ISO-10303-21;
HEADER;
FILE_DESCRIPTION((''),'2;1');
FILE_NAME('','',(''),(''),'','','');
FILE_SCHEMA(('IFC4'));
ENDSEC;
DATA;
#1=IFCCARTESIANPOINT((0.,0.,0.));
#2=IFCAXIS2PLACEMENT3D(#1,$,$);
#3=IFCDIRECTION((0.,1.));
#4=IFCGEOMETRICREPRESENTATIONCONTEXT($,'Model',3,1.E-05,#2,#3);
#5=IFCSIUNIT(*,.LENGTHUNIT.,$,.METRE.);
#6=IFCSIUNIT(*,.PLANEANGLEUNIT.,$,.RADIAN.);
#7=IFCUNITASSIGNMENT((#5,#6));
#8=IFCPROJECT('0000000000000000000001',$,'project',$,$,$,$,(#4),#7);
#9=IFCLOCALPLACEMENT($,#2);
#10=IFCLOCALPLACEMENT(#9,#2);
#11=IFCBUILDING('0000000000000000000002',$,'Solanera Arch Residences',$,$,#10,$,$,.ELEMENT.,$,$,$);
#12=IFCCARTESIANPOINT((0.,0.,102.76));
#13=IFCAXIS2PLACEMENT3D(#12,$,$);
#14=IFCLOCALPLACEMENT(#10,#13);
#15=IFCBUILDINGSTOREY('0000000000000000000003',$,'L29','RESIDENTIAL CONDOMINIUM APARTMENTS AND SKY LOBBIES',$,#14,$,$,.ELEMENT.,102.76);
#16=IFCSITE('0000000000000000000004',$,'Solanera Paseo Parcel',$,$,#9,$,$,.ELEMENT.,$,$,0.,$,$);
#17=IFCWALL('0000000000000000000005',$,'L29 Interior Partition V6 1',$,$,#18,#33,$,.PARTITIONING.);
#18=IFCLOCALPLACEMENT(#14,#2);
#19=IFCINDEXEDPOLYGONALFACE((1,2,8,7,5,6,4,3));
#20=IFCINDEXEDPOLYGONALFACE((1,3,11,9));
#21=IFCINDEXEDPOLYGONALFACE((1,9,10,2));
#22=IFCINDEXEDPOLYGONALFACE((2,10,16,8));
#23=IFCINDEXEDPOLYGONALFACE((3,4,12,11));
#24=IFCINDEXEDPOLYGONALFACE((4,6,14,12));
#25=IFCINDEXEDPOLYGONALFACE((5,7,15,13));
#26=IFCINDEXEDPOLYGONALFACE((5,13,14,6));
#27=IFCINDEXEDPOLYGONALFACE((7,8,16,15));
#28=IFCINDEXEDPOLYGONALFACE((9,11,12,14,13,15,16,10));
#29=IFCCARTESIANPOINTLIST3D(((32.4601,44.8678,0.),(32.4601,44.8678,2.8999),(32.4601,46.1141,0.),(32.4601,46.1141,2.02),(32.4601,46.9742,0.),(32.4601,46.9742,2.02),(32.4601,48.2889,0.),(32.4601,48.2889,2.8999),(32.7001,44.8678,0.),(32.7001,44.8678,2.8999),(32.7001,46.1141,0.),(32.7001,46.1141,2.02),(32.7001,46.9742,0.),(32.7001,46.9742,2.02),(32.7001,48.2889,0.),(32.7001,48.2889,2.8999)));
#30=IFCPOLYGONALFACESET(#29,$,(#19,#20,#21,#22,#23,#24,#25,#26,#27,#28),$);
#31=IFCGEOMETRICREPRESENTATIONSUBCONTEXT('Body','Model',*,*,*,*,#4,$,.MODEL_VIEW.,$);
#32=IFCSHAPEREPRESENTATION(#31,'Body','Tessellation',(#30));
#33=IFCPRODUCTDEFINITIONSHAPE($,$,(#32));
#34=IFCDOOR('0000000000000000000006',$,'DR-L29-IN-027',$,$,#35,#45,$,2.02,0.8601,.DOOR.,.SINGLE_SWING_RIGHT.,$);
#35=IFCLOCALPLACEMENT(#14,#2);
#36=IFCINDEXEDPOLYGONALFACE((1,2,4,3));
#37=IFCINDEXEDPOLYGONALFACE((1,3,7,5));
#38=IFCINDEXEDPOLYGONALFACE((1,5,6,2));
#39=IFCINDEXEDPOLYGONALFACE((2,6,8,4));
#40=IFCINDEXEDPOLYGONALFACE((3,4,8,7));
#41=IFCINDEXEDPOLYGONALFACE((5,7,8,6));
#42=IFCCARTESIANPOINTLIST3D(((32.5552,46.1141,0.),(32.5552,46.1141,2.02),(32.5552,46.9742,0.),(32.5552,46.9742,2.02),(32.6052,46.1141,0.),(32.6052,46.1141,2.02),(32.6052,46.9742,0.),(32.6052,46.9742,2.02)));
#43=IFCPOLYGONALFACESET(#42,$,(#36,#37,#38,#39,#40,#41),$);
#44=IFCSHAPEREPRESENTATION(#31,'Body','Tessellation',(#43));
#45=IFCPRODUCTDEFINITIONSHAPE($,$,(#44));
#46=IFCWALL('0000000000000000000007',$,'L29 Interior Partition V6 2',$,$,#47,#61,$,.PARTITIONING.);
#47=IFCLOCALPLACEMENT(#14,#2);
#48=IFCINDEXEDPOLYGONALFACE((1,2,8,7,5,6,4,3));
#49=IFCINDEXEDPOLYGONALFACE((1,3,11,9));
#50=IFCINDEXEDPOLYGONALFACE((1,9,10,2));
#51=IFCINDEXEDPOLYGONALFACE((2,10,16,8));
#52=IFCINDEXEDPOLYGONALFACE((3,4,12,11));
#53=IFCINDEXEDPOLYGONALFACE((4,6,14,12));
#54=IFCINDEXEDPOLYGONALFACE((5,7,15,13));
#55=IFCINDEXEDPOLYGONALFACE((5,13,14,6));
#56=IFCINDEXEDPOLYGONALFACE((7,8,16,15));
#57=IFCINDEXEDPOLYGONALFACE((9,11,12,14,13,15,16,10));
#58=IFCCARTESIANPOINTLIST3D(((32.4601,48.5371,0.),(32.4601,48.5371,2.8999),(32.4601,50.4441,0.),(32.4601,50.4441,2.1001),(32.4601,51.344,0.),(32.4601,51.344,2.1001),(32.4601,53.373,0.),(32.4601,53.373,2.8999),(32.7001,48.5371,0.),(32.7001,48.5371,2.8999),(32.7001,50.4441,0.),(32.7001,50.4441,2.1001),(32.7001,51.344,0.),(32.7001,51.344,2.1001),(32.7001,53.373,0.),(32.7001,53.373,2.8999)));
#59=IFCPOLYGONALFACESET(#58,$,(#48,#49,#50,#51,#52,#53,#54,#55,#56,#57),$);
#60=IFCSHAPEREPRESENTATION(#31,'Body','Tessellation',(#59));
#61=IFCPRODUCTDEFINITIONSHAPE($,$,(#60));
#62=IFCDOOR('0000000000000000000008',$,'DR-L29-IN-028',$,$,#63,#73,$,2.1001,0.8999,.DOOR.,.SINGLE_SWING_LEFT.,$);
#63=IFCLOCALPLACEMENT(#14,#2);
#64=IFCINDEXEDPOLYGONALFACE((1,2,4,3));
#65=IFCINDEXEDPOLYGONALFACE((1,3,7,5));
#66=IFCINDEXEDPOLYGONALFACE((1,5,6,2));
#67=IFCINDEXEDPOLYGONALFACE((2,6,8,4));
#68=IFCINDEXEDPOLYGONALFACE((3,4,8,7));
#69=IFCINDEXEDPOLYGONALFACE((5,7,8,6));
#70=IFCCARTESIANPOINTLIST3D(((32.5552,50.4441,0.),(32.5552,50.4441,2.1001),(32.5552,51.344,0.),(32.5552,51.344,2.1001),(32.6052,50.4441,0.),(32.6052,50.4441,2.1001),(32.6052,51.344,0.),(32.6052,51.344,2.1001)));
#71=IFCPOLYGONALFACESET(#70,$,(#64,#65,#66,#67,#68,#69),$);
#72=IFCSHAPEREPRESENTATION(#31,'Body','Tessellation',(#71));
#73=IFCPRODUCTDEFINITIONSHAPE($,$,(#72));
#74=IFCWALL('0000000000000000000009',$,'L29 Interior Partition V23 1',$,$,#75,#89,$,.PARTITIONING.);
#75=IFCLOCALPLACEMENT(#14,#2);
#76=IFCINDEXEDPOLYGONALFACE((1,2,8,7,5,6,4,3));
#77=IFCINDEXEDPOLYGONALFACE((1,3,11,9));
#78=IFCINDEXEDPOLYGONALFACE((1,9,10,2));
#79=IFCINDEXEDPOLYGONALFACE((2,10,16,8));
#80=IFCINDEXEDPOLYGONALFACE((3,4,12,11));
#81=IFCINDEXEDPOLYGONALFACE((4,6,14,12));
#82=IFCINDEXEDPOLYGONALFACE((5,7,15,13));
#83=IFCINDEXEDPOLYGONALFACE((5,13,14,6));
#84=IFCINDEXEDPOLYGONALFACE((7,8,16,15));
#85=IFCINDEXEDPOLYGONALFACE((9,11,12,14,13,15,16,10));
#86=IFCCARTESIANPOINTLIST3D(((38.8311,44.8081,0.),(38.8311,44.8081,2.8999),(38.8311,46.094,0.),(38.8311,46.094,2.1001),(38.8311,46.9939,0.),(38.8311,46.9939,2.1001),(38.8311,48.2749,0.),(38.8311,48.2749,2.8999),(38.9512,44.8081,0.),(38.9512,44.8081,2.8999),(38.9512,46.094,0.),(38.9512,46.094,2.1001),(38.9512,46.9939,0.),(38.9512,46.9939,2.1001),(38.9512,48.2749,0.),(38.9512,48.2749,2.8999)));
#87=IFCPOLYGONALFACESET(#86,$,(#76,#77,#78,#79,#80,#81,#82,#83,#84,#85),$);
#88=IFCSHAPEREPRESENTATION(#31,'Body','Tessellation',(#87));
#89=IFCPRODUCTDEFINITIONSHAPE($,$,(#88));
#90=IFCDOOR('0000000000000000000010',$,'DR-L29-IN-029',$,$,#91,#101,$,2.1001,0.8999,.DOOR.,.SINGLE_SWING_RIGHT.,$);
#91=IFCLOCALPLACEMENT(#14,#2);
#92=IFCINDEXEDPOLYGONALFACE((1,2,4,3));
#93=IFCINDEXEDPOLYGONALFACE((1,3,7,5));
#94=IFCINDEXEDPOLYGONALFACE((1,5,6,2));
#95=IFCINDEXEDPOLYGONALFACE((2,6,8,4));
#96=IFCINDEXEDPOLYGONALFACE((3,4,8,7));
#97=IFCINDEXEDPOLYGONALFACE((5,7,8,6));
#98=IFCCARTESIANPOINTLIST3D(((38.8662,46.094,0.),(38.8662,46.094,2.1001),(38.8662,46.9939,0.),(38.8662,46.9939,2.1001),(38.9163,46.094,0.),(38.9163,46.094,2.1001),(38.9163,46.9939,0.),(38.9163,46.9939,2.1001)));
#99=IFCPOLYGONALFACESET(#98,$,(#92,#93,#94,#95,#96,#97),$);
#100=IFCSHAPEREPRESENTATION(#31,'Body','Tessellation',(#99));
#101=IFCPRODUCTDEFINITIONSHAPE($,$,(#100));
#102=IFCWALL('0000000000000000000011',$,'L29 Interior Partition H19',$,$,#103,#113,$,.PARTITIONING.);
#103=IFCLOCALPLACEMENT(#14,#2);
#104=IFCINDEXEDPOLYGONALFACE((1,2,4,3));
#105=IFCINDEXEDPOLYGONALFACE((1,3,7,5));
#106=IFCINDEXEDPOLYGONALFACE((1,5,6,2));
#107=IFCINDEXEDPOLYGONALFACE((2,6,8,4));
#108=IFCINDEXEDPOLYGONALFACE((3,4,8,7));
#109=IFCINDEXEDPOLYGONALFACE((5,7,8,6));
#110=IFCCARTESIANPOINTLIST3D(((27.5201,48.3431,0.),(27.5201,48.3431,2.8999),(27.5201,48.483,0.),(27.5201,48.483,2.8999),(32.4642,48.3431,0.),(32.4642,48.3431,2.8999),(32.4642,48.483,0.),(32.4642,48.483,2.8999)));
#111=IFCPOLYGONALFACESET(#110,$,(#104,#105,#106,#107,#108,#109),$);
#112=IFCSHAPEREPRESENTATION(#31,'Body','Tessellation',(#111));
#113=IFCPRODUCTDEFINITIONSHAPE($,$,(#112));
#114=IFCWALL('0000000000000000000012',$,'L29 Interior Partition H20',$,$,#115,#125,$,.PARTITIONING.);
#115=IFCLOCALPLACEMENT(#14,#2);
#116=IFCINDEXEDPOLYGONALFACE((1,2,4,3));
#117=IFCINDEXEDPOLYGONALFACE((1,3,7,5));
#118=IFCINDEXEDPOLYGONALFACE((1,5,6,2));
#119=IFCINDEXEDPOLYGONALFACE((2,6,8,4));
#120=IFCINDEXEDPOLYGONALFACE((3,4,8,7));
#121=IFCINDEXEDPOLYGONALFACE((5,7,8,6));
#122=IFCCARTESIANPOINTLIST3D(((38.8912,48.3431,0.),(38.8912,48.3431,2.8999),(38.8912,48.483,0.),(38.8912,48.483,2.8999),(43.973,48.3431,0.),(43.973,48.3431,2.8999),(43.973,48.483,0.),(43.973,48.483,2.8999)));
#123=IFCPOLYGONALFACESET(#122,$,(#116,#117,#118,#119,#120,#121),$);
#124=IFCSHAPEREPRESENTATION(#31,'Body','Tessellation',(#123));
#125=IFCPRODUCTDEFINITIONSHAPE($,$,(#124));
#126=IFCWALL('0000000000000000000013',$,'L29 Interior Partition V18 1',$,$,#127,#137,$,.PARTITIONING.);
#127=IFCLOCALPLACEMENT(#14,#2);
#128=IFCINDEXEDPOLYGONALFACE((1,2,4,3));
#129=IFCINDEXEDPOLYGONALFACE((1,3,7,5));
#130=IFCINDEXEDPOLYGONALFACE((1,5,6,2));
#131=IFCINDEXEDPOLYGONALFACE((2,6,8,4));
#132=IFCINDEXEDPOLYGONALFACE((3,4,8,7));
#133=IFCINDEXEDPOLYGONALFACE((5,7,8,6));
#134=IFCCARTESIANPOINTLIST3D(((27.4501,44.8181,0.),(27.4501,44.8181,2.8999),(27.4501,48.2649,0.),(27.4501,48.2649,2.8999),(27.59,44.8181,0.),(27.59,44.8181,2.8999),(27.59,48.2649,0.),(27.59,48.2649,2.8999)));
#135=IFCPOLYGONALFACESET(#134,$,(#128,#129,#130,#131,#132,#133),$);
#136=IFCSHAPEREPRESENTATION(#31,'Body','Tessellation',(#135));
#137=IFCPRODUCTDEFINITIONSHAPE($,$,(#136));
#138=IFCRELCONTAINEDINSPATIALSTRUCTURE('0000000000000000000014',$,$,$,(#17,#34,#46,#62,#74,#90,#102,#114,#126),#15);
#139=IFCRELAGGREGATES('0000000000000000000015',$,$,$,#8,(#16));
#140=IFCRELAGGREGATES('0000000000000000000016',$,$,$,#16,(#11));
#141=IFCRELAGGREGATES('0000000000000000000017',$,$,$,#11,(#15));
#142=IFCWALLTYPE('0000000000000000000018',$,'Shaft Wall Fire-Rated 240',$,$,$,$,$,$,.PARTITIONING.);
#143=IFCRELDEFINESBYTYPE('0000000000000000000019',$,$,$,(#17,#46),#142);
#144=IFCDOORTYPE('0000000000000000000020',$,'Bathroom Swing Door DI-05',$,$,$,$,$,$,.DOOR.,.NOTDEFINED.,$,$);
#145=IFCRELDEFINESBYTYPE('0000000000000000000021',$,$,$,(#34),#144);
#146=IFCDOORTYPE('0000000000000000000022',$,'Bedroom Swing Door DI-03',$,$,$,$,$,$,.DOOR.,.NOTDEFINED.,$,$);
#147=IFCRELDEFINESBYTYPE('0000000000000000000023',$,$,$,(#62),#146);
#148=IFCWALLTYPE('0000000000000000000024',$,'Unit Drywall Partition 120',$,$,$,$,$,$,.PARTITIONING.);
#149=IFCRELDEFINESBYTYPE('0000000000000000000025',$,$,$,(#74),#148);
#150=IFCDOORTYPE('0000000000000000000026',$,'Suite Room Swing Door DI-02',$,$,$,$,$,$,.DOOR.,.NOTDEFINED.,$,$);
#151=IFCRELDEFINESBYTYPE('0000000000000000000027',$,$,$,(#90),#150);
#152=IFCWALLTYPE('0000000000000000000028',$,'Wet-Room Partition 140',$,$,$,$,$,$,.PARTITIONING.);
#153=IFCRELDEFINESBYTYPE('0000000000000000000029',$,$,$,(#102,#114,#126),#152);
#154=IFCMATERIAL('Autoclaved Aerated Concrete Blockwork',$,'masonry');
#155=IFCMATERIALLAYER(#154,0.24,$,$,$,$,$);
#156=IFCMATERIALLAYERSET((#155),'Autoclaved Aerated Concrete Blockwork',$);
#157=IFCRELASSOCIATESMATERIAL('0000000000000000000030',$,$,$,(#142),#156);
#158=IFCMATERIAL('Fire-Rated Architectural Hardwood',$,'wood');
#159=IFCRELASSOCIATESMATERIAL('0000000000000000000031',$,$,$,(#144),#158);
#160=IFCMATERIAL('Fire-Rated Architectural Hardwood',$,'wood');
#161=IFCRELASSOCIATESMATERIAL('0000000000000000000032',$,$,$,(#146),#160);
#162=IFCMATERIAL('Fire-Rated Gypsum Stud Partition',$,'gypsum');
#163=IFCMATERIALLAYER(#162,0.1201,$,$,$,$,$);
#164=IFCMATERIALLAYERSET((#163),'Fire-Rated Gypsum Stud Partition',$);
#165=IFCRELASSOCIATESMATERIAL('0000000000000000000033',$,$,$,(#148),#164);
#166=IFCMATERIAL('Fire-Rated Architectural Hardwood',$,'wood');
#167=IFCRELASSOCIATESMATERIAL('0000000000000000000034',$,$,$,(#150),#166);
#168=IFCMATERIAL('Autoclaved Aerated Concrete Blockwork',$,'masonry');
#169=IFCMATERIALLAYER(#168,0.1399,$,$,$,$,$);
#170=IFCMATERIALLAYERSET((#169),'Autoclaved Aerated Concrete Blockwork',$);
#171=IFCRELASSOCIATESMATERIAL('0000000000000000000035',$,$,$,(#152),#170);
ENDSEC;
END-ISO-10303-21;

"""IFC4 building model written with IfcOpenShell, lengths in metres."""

from ifc_helpers import new_model, si_unit, direction, frame, frame_2d, origin, place, context, subcontext, project, spatial, rectangle, extrude, material, layer, layer_set, type_object, element, fill, save


model = new_model("IFC4")

# Units and contexts
model_context = context("Model", 3, precision=1e-05, world=origin(), true_north=direction((0.0, 1.0)))
body_context = subcontext(model_context, "Body", "Model", "MODEL_VIEW")
ifc_project = project(units=[si_unit("LENGTHUNIT", "METRE"), si_unit("PLANEANGLEUNIT", "RADIAN")], contexts=[model_context])

# Site, building, storey
site_placement = place(None, origin())
site = spatial("IfcSite", under=ifc_project, at=site_placement, Name="Solanera Paseo Parcel", CompositionType="ELEMENT", RefElevation=0.0)
building_placement = place(site_placement, origin())
building = spatial("IfcBuilding", under=site, at=building_placement, Name="Solanera Arch Residences", CompositionType="ELEMENT")
storey_placement = place(building_placement, frame((0.0, 0.0, 102.76)))
storey = spatial("IfcBuildingStorey", under=building, at=storey_placement, Name="L29", Description="RESIDENTIAL CONDOMINIUM APARTMENTS AND SKY LOBBIES", CompositionType="ELEMENT", Elevation=102.76)

# Walls, openings, doors
ifc_material_1 = material(Name="Autoclaved Aerated Concrete Blockwork", Category="masonry")
ifc_layer_1 = layer(ifc_material_1, 0.24)
ifc_layer_set_1 = layer_set([ifc_layer_1], Name="Autoclaved Aerated Concrete Blockwork")
wall_type_1 = type_object("IfcWallType", Name="Shaft Wall Fire-Rated 240", PredefinedType="PARTITIONING", material=ifc_layer_set_1)
wall_1_placement = place(storey_placement, frame((32.5801, 44.8679, 0.0), z_axis=(0.0, 0.0, 1.0), x_axis=(0.0, 1.0, 0.0)))
wall_1 = element("IfcWall", 1, at=wall_1_placement, inside=storey, type_object=wall_type_1, Name="L29 Interior Partition V6 1", PredefinedType="PARTITIONING", context=body_context, shape_type="SweptSolid", body=[
    extrude(rectangle(XDim=3.4211, YDim=0.24, at=frame_2d((1.7104, 0.0))), origin(), (0.0, 0.0, 1.0), 2.8999),
])
opening_1_placement = place(wall_1_placement, frame((1.2461, 0.0, 0.0)))
opening_1 = element("IfcOpeningElement", 2, at=opening_1_placement, cuts=wall_1, PredefinedType="OPENING", context=body_context, shape_type="SweptSolid", body=[
    extrude(rectangle(XDim=0.8601, YDim=2.02, at=frame_2d((0.4302, 1.01))), frame((0.0, 0.1299, 0.0), z_axis=(0.0, -1.0, 0.0), x_axis=(1.0, 0.0, 0.0)), (0.0, 0.0, 1.0), 0.26),
])
ifc_material_2 = material(Name="Fire-Rated Architectural Hardwood", Category="wood")
door_type_1 = type_object("IfcDoorType", Name="Bathroom Swing Door DI-05", OperationType="NOTDEFINED", PredefinedType="DOOR", material=ifc_material_2)
door_1_placement = place(opening_1_placement, origin())
door_1 = element("IfcDoor", 3, at=door_1_placement, inside=storey, type_object=door_type_1, Name="DR-L29-IN-027", OperationType="SINGLE_SWING_RIGHT", OverallHeight=2.02, OverallWidth=0.8601, PredefinedType="DOOR", context=body_context, shape_type="SweptSolid", body=[
    extrude(rectangle(XDim=0.8601, YDim=2.02, at=frame_2d((0.4302, 1.01))), frame((0.0, 0.0249, 0.0), z_axis=(0.0, -1.0, 0.0), x_axis=(1.0, 0.0, 0.0)), (0.0, 0.0, 1.0), 0.05),
])
fill(opening_1, door_1)
wall_2_placement = place(storey_placement, frame((32.5801, 48.5371, 0.0), z_axis=(0.0, 0.0, 1.0), x_axis=(0.0, 1.0, 0.0)))
wall_2 = element("IfcWall", 4, at=wall_2_placement, inside=storey, type_object=wall_type_1, Name="L29 Interior Partition V6 2", PredefinedType="PARTITIONING", context=body_context, shape_type="SweptSolid", body=[
    extrude(rectangle(XDim=4.8359, YDim=0.24, at=frame_2d((2.418, 0.0))), origin(), (0.0, 0.0, 1.0), 2.8999),
])
opening_2_placement = place(wall_2_placement, frame((1.907, 0.0, 0.0)))
opening_2 = element("IfcOpeningElement", 5, at=opening_2_placement, cuts=wall_2, PredefinedType="OPENING", context=body_context, shape_type="SweptSolid", body=[
    extrude(rectangle(XDim=0.8999, YDim=2.1001, at=frame_2d((0.45, 1.05))), frame((0.0, 0.1299, 0.0), z_axis=(0.0, -1.0, 0.0), x_axis=(1.0, 0.0, 0.0)), (0.0, 0.0, 1.0), 0.26),
])
ifc_material_3 = material(Name="Fire-Rated Architectural Hardwood", Category="wood")
door_type_2 = type_object("IfcDoorType", Name="Bedroom Swing Door DI-03", OperationType="NOTDEFINED", PredefinedType="DOOR", material=ifc_material_3)
door_2_placement = place(opening_2_placement, origin())
door_2 = element("IfcDoor", 6, at=door_2_placement, inside=storey, type_object=door_type_2, Name="DR-L29-IN-028", OperationType="SINGLE_SWING_LEFT", OverallHeight=2.1001, OverallWidth=0.8999, PredefinedType="DOOR", context=body_context, shape_type="SweptSolid", body=[
    extrude(rectangle(XDim=0.8999, YDim=2.1001, at=frame_2d((0.45, 1.05))), frame((0.0, 0.0249, 0.0), z_axis=(0.0, -1.0, 0.0), x_axis=(1.0, 0.0, 0.0)), (0.0, 0.0, 1.0), 0.05),
])
fill(opening_2, door_2)
ifc_material_4 = material(Name="Fire-Rated Gypsum Stud Partition", Category="gypsum")
ifc_layer_2 = layer(ifc_material_4, 0.1201)
ifc_layer_set_2 = layer_set([ifc_layer_2], Name="Fire-Rated Gypsum Stud Partition")
wall_type_2 = type_object("IfcWallType", Name="Unit Drywall Partition 120", PredefinedType="PARTITIONING", material=ifc_layer_set_2)
wall_3_placement = place(storey_placement, frame((38.8911, 44.8081, 0.0), z_axis=(0.0, 0.0, 1.0), x_axis=(0.0, 1.0, 0.0)))
wall_3 = element("IfcWall", 7, at=wall_3_placement, inside=storey, type_object=wall_type_2, Name="L29 Interior Partition V23 1", PredefinedType="PARTITIONING", context=body_context, shape_type="SweptSolid", body=[
    extrude(rectangle(XDim=3.4668, YDim=0.1201, at=frame_2d((1.7334, 0.0))), origin(), (0.0, 0.0, 1.0), 2.8999),
])
opening_3_placement = place(wall_3_placement, frame((1.2859, 0.0, 0.0)))
opening_3 = element("IfcOpeningElement", 8, at=opening_3_placement, cuts=wall_3, PredefinedType="OPENING", context=body_context, shape_type="SweptSolid", body=[
    extrude(rectangle(XDim=0.8999, YDim=2.1001, at=frame_2d((0.45, 1.05))), frame((0.0, 0.0701, 0.0), z_axis=(0.0, -1.0, 0.0), x_axis=(1.0, 0.0, 0.0)), (0.0, 0.0, 1.0), 0.1401),
])
ifc_material_5 = material(Name="Fire-Rated Architectural Hardwood", Category="wood")
door_type_3 = type_object("IfcDoorType", Name="Suite Room Swing Door DI-02", OperationType="NOTDEFINED", PredefinedType="DOOR", material=ifc_material_5)
door_3_placement = place(opening_3_placement, origin())
door_3 = element("IfcDoor", 9, at=door_3_placement, inside=storey, type_object=door_type_3, Name="DR-L29-IN-029", OperationType="SINGLE_SWING_RIGHT", OverallHeight=2.1001, OverallWidth=0.8999, PredefinedType="DOOR", context=body_context, shape_type="SweptSolid", body=[
    extrude(rectangle(XDim=0.8999, YDim=2.1001, at=frame_2d((0.45, 1.05))), frame((0.0, 0.0249, 0.0), z_axis=(0.0, -1.0, 0.0), x_axis=(1.0, 0.0, 0.0)), (0.0, 0.0, 1.0), 0.05),
])
fill(opening_3, door_3)

# Walls
ifc_material_6 = material(Name="Autoclaved Aerated Concrete Blockwork", Category="masonry")
ifc_layer_3 = layer(ifc_material_6, 0.1399)
ifc_layer_set_3 = layer_set([ifc_layer_3], Name="Autoclaved Aerated Concrete Blockwork")
wall_type_3 = type_object("IfcWallType", Name="Wet-Room Partition 140", PredefinedType="PARTITIONING", material=ifc_layer_set_3)
wall_4_placement = place(storey_placement, frame((27.52, 48.4131, 0.0), z_axis=(0.0, 0.0, 1.0), x_axis=(1.0, 0.0, 0.0)))
element("IfcWall", 10, at=wall_4_placement, inside=storey, type_object=wall_type_3, Name="L29 Interior Partition H19", PredefinedType="PARTITIONING", context=body_context, shape_type="SweptSolid", body=[
    extrude(rectangle(XDim=4.9441, YDim=0.1399, at=frame_2d((2.4722, 0.0))), origin(), (0.0, 0.0, 1.0), 2.8999),
])
wall_5_placement = place(storey_placement, frame((38.8911, 48.4131, 0.0), z_axis=(0.0, 0.0, 1.0), x_axis=(1.0, 0.0, 0.0)))
element("IfcWall", 11, at=wall_5_placement, inside=storey, type_object=wall_type_3, Name="L29 Interior Partition H20", PredefinedType="PARTITIONING", context=body_context, shape_type="SweptSolid", body=[
    extrude(rectangle(XDim=5.0818, YDim=0.1399, at=frame_2d((2.541, 0.0))), origin(), (0.0, 0.0, 1.0), 2.8999),
])
wall_6_placement = place(storey_placement, frame((27.52, 44.8181, 0.0), z_axis=(0.0, 0.0, 1.0), x_axis=(0.0, 1.0, 0.0)))
element("IfcWall", 12, at=wall_6_placement, inside=storey, type_object=wall_type_3, Name="L29 Interior Partition V18 1", PredefinedType="PARTITIONING", context=body_context, shape_type="SweptSolid", body=[
    extrude(rectangle(XDim=3.4468, YDim=0.1399, at=frame_2d((1.7234, 0.0))), origin(), (0.0, 0.0, 1.0), 2.8999),
])

save(model, "model.ifc")
